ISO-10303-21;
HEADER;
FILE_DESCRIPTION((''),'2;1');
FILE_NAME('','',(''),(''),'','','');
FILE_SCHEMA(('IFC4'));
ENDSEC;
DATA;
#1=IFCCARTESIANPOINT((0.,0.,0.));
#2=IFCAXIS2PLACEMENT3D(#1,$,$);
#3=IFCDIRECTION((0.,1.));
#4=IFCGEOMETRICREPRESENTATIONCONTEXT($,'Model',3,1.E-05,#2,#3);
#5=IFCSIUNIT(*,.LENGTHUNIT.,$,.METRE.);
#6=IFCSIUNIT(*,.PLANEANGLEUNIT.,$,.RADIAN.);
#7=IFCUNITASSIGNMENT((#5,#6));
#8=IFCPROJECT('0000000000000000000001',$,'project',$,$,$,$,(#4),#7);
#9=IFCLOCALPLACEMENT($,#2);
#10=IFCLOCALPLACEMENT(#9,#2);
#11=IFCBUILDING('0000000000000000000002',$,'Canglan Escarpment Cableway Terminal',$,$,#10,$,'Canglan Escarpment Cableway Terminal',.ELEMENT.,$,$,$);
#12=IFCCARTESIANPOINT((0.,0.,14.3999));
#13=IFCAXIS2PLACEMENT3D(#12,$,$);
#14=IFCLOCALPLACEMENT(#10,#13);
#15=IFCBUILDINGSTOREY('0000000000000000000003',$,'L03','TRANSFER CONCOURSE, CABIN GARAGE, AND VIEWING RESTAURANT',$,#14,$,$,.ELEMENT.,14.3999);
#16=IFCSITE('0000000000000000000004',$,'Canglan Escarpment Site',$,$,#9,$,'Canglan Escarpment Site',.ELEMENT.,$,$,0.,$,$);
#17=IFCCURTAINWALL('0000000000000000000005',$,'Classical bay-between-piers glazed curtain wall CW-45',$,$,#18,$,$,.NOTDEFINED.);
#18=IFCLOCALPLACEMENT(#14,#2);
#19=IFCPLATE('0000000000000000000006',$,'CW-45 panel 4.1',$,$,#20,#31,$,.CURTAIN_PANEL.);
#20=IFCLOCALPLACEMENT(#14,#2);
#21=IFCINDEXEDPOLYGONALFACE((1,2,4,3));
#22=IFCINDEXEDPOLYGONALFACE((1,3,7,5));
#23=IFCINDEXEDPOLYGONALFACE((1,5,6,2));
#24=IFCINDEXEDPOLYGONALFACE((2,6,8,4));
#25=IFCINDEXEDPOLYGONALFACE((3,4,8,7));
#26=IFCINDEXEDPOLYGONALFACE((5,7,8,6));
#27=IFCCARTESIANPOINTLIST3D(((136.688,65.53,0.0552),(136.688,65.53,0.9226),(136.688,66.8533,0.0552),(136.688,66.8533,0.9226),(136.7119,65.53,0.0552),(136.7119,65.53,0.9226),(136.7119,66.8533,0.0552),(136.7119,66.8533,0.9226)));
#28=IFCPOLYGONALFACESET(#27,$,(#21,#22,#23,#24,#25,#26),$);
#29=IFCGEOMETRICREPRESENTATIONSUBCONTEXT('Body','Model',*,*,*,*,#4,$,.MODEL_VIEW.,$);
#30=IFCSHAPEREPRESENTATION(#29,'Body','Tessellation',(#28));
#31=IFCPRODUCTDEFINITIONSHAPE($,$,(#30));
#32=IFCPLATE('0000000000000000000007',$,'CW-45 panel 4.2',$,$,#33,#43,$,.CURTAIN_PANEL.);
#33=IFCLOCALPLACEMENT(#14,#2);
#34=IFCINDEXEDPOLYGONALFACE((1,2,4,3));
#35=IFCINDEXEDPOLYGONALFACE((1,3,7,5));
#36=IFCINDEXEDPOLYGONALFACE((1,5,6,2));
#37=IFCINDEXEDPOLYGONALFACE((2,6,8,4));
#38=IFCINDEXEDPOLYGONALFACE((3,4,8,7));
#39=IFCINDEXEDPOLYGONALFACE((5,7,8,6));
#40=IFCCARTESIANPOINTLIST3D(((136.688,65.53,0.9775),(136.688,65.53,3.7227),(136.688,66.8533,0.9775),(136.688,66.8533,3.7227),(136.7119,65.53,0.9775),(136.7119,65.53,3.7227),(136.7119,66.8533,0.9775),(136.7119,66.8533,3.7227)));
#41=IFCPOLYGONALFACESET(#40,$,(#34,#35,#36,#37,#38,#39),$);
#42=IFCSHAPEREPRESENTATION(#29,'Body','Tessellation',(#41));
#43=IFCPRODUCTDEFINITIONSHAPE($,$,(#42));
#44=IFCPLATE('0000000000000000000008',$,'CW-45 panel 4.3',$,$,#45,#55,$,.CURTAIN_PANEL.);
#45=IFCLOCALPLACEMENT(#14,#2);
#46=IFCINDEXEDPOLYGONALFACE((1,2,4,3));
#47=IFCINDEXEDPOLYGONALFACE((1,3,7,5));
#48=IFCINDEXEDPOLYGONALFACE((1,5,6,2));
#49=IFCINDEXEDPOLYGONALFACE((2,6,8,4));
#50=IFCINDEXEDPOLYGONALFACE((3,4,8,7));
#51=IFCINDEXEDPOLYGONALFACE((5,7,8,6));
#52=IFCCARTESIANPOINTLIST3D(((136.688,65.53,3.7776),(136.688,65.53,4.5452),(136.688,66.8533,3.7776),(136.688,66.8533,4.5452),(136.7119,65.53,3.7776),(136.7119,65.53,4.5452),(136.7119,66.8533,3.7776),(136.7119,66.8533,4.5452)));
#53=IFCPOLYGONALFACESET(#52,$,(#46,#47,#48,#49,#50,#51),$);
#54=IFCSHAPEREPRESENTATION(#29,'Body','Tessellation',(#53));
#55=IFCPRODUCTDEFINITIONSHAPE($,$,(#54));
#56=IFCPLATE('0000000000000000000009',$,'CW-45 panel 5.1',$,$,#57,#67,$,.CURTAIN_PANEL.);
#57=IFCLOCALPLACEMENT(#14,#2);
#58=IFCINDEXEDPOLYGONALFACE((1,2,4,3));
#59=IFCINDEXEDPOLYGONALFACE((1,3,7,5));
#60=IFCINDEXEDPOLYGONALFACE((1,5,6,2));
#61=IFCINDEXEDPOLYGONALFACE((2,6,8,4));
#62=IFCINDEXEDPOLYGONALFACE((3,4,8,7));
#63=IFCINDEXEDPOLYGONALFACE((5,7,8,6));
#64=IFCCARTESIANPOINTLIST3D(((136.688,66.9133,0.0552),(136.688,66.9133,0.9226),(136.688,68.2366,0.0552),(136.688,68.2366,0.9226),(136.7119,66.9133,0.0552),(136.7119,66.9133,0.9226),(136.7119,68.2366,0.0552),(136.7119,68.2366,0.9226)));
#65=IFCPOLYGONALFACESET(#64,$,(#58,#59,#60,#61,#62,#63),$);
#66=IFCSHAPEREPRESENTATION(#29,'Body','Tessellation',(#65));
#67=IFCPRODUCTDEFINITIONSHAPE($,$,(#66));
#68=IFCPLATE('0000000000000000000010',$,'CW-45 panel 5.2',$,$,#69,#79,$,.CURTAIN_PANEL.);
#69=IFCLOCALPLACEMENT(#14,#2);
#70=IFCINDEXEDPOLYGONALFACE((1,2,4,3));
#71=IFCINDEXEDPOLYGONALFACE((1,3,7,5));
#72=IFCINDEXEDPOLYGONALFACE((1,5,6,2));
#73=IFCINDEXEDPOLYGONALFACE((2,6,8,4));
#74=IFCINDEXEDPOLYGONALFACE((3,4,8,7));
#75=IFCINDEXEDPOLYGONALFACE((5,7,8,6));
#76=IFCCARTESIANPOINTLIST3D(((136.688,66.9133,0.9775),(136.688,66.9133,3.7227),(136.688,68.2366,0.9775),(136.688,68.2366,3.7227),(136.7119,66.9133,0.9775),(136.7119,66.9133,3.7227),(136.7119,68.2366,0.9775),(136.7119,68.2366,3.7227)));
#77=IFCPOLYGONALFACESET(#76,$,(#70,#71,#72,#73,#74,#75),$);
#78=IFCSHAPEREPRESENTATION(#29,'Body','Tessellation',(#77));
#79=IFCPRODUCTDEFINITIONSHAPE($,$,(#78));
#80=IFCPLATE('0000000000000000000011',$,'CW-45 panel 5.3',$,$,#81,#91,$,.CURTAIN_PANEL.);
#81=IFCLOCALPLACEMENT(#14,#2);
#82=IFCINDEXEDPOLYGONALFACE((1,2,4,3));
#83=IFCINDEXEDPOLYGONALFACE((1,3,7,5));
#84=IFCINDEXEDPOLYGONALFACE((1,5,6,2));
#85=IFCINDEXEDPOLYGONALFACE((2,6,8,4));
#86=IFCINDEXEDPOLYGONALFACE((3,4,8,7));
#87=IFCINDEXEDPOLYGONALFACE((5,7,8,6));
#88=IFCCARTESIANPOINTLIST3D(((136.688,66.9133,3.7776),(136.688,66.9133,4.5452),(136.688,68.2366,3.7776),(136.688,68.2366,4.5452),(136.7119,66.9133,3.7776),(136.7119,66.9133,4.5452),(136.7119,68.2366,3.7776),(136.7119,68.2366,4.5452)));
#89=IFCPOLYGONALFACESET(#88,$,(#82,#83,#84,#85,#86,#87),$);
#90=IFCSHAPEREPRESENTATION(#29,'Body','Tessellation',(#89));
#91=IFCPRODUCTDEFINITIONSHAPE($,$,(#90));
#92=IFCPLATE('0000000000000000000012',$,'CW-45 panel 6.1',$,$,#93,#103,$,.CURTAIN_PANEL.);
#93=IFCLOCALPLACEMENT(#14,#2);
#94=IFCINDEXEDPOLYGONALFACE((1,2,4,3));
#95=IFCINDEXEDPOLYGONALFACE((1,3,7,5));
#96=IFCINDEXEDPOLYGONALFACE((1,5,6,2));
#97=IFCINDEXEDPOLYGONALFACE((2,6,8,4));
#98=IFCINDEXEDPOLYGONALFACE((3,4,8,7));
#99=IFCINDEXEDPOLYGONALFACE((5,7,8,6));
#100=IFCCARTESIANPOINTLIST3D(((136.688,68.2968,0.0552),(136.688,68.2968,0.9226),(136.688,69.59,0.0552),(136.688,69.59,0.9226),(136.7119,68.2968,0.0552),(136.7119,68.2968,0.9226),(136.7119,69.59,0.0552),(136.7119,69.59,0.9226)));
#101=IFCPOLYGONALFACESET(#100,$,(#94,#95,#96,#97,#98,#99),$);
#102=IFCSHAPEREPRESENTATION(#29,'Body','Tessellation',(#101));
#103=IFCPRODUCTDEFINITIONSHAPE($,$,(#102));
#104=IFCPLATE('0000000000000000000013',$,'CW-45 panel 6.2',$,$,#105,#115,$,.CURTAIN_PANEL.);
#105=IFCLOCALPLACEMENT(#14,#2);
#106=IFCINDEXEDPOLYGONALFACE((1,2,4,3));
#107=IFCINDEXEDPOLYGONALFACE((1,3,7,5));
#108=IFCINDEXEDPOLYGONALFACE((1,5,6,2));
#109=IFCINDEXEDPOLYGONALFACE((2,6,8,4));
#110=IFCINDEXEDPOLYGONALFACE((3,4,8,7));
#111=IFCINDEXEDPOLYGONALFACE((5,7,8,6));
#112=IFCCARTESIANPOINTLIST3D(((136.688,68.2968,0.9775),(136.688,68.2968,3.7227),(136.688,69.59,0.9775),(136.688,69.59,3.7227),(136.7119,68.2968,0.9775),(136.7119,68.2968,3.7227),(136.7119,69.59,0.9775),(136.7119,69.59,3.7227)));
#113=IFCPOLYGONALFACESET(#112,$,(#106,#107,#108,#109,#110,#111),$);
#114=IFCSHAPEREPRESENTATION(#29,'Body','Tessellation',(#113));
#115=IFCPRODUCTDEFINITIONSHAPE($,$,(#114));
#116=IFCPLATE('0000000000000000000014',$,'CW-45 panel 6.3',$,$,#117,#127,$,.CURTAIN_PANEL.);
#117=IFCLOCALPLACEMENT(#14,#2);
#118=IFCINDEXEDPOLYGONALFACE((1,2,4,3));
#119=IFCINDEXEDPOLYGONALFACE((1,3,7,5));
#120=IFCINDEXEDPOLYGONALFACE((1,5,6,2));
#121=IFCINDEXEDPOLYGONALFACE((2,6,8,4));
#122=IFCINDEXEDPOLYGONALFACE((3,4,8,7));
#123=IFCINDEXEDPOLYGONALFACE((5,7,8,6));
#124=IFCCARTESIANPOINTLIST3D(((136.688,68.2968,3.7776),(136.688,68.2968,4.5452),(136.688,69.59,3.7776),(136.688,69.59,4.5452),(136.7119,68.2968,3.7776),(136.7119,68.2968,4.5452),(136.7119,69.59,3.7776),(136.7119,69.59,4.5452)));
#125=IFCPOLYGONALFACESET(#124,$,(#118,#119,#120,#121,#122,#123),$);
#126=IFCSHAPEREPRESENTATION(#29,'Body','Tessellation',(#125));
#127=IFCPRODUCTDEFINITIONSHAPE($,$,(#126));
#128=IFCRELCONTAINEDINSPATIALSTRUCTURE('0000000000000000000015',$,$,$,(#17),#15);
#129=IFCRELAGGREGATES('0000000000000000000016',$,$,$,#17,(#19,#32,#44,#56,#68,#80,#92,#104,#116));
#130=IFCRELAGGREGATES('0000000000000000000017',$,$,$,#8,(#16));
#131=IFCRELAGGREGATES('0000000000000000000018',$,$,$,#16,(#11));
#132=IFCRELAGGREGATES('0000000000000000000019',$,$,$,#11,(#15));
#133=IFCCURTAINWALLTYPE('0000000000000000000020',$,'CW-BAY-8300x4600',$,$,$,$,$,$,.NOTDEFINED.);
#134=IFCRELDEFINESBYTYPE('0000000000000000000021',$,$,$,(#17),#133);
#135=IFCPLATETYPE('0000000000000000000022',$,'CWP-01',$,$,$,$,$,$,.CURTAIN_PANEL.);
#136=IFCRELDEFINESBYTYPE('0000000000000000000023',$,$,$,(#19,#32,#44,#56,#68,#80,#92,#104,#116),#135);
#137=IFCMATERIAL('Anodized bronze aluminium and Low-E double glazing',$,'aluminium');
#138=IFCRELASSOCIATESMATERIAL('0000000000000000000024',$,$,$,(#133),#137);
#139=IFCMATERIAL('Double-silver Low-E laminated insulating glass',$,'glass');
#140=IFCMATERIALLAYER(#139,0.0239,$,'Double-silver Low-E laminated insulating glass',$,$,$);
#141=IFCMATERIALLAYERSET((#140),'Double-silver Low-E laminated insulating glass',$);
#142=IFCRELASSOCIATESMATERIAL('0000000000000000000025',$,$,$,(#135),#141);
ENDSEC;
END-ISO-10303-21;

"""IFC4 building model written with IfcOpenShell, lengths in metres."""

from ifc_helpers import new_model, si_unit, direction, frame, origin, origin_2d, place, context, subcontext, project, spatial, rectangle, extrude, material, layer, layer_set, type_object, element, aggregate, save


model = new_model("IFC4")

# Units and contexts
model_context = context("Model", 3, precision=1e-05, world=origin(), true_north=direction((0.0, 1.0)))
body_context = subcontext(model_context, "Body", "Model", "MODEL_VIEW")
ifc_project = project(units=[si_unit("LENGTHUNIT", "METRE"), si_unit("PLANEANGLEUNIT", "RADIAN")], contexts=[model_context])

# Site, building, storey
site_placement = place(None, origin())
site = spatial("IfcSite", under=ifc_project, at=site_placement, Name="Canglan Escarpment Site", LongName="Canglan Escarpment Site", CompositionType="ELEMENT", RefElevation=0.0)
building_placement = place(site_placement, origin())
building = spatial("IfcBuilding", under=site, at=building_placement, Name="Canglan Escarpment Cableway Terminal", LongName="Canglan Escarpment Cableway Terminal", CompositionType="ELEMENT")
storey_placement = place(building_placement, frame((0.0, 0.0, 14.3999)))
storey = spatial("IfcBuildingStorey", under=building, at=storey_placement, Name="L03", Description="TRANSFER CONCOURSE, CABIN GARAGE, AND VIEWING RESTAURANT", CompositionType="ELEMENT", Elevation=14.3999)

# Curtain wall
ifc_material_1 = material(Name="Anodized bronze aluminium and Low-E double glazing", Category="aluminium")
curtain_wall_type = type_object("IfcCurtainWallType", Name="CW-BAY-8300x4600", PredefinedType="NOTDEFINED", material=ifc_material_1)
curtain_wall_placement = place(storey_placement, origin())
curtain_wall = element("IfcCurtainWall", 1, at=curtain_wall_placement, inside=storey, type_object=curtain_wall_type, Name="Classical bay-between-piers glazed curtain wall CW-45", PredefinedType="NOTDEFINED")

# Plates
ifc_material_2 = material(Name="Double-silver Low-E laminated insulating glass", Category="glass")
ifc_layer = layer(ifc_material_2, 0.0239, Name="Double-silver Low-E laminated insulating glass")
ifc_layer_set = layer_set([ifc_layer], Name="Double-silver Low-E laminated insulating glass")
plate_type = type_object("IfcPlateType", Name="CWP-01", PredefinedType="CURTAIN_PANEL", material=ifc_layer_set)
plate_1_placement = place(storey_placement, frame((136.7, 66.1917, 0.0552), z_axis=(0.0, 0.0, 1.0), x_axis=(0.0, 1.0, 0.0)))
plate_1 = element("IfcPlate", 2, at=plate_1_placement, type_object=plate_type, Name="CW-45 panel 4.1", PredefinedType="CURTAIN_PANEL", context=body_context, shape_type="SweptSolid", body=[
    extrude(rectangle(XDim=1.3232, YDim=0.0239, at=origin_2d()), origin(), (0.0, 0.0, 1.0), 0.8674),
])
plate_2_placement = place(storey_placement, frame((136.7, 66.1917, 0.9775), z_axis=(0.0, 0.0, 1.0), x_axis=(0.0, 1.0, 0.0)))
plate_2 = element("IfcPlate", 3, at=plate_2_placement, type_object=plate_type, Name="CW-45 panel 4.2", PredefinedType="CURTAIN_PANEL", context=body_context, shape_type="SweptSolid", body=[
    extrude(rectangle(XDim=1.3232, YDim=0.0239, at=origin_2d()), origin(), (0.0, 0.0, 1.0), 2.7451),
])
plate_3_placement = place(storey_placement, frame((136.7, 66.1917, 3.7776), z_axis=(0.0, 0.0, 1.0), x_axis=(0.0, 1.0, 0.0)))
plate_3 = element("IfcPlate", 4, at=plate_3_placement, type_object=plate_type, Name="CW-45 panel 4.3", PredefinedType="CURTAIN_PANEL", context=body_context, shape_type="SweptSolid", body=[
    extrude(rectangle(XDim=1.3232, YDim=0.0239, at=origin_2d()), origin(), (0.0, 0.0, 1.0), 0.7676),
])
plate_4_placement = place(storey_placement, frame((136.7, 67.575, 0.0552), z_axis=(0.0, 0.0, 1.0), x_axis=(0.0, 1.0, 0.0)))
plate_4 = element("IfcPlate", 5, at=plate_4_placement, type_object=plate_type, Name="CW-45 panel 5.1", PredefinedType="CURTAIN_PANEL", context=body_context, shape_type="SweptSolid", body=[
    extrude(rectangle(XDim=1.3232, YDim=0.0239, at=origin_2d()), origin(), (0.0, 0.0, 1.0), 0.8674),
])
plate_5_placement = place(storey_placement, frame((136.7, 67.575, 0.9775), z_axis=(0.0, 0.0, 1.0), x_axis=(0.0, 1.0, 0.0)))
plate_5 = element("IfcPlate", 6, at=plate_5_placement, type_object=plate_type, Name="CW-45 panel 5.2", PredefinedType="CURTAIN_PANEL", context=body_context, shape_type="SweptSolid", body=[
    extrude(rectangle(XDim=1.3232, YDim=0.0239, at=origin_2d()), origin(), (0.0, 0.0, 1.0), 2.7451),
])
plate_6_placement = place(storey_placement, frame((136.7, 67.575, 3.7776), z_axis=(0.0, 0.0, 1.0), x_axis=(0.0, 1.0, 0.0)))
plate_6 = element("IfcPlate", 7, at=plate_6_placement, type_object=plate_type, Name="CW-45 panel 5.3", PredefinedType="CURTAIN_PANEL", context=body_context, shape_type="SweptSolid", body=[
    extrude(rectangle(XDim=1.3232, YDim=0.0239, at=origin_2d()), origin(), (0.0, 0.0, 1.0), 0.7676),
])
plate_7_placement = place(storey_placement, frame((136.7, 68.9434, 0.0552), z_axis=(0.0, 0.0, 1.0), x_axis=(0.0, 1.0, 0.0)))
plate_7 = element("IfcPlate", 8, at=plate_7_placement, type_object=plate_type, Name="CW-45 panel 6.1", PredefinedType="CURTAIN_PANEL", context=body_context, shape_type="SweptSolid", body=[
    extrude(rectangle(XDim=1.2932, YDim=0.0239, at=origin_2d()), origin(), (0.0, 0.0, 1.0), 0.8674),
])
plate_8_placement = place(storey_placement, frame((136.7, 68.9434, 0.9775), z_axis=(0.0, 0.0, 1.0), x_axis=(0.0, 1.0, 0.0)))
plate_8 = element("IfcPlate", 9, at=plate_8_placement, type_object=plate_type, Name="CW-45 panel 6.2", PredefinedType="CURTAIN_PANEL", context=body_context, shape_type="SweptSolid", body=[
    extrude(rectangle(XDim=1.2932, YDim=0.0239, at=origin_2d()), origin(), (0.0, 0.0, 1.0), 2.7451),
])
plate_9_placement = place(storey_placement, frame((136.7, 68.9434, 3.7776), z_axis=(0.0, 0.0, 1.0), x_axis=(0.0, 1.0, 0.0)))
plate_9 = element("IfcPlate", 10, at=plate_9_placement, type_object=plate_type, Name="CW-45 panel 6.3", PredefinedType="CURTAIN_PANEL", context=body_context, shape_type="SweptSolid", body=[
    extrude(rectangle(XDim=1.2932, YDim=0.0239, at=origin_2d()), origin(), (0.0, 0.0, 1.0), 0.7676),
])
aggregate(curtain_wall, [plate_1, plate_2, plate_3, plate_4, plate_5, plate_6, plate_7, plate_8, plate_9])

save(model, "model.ifc")
